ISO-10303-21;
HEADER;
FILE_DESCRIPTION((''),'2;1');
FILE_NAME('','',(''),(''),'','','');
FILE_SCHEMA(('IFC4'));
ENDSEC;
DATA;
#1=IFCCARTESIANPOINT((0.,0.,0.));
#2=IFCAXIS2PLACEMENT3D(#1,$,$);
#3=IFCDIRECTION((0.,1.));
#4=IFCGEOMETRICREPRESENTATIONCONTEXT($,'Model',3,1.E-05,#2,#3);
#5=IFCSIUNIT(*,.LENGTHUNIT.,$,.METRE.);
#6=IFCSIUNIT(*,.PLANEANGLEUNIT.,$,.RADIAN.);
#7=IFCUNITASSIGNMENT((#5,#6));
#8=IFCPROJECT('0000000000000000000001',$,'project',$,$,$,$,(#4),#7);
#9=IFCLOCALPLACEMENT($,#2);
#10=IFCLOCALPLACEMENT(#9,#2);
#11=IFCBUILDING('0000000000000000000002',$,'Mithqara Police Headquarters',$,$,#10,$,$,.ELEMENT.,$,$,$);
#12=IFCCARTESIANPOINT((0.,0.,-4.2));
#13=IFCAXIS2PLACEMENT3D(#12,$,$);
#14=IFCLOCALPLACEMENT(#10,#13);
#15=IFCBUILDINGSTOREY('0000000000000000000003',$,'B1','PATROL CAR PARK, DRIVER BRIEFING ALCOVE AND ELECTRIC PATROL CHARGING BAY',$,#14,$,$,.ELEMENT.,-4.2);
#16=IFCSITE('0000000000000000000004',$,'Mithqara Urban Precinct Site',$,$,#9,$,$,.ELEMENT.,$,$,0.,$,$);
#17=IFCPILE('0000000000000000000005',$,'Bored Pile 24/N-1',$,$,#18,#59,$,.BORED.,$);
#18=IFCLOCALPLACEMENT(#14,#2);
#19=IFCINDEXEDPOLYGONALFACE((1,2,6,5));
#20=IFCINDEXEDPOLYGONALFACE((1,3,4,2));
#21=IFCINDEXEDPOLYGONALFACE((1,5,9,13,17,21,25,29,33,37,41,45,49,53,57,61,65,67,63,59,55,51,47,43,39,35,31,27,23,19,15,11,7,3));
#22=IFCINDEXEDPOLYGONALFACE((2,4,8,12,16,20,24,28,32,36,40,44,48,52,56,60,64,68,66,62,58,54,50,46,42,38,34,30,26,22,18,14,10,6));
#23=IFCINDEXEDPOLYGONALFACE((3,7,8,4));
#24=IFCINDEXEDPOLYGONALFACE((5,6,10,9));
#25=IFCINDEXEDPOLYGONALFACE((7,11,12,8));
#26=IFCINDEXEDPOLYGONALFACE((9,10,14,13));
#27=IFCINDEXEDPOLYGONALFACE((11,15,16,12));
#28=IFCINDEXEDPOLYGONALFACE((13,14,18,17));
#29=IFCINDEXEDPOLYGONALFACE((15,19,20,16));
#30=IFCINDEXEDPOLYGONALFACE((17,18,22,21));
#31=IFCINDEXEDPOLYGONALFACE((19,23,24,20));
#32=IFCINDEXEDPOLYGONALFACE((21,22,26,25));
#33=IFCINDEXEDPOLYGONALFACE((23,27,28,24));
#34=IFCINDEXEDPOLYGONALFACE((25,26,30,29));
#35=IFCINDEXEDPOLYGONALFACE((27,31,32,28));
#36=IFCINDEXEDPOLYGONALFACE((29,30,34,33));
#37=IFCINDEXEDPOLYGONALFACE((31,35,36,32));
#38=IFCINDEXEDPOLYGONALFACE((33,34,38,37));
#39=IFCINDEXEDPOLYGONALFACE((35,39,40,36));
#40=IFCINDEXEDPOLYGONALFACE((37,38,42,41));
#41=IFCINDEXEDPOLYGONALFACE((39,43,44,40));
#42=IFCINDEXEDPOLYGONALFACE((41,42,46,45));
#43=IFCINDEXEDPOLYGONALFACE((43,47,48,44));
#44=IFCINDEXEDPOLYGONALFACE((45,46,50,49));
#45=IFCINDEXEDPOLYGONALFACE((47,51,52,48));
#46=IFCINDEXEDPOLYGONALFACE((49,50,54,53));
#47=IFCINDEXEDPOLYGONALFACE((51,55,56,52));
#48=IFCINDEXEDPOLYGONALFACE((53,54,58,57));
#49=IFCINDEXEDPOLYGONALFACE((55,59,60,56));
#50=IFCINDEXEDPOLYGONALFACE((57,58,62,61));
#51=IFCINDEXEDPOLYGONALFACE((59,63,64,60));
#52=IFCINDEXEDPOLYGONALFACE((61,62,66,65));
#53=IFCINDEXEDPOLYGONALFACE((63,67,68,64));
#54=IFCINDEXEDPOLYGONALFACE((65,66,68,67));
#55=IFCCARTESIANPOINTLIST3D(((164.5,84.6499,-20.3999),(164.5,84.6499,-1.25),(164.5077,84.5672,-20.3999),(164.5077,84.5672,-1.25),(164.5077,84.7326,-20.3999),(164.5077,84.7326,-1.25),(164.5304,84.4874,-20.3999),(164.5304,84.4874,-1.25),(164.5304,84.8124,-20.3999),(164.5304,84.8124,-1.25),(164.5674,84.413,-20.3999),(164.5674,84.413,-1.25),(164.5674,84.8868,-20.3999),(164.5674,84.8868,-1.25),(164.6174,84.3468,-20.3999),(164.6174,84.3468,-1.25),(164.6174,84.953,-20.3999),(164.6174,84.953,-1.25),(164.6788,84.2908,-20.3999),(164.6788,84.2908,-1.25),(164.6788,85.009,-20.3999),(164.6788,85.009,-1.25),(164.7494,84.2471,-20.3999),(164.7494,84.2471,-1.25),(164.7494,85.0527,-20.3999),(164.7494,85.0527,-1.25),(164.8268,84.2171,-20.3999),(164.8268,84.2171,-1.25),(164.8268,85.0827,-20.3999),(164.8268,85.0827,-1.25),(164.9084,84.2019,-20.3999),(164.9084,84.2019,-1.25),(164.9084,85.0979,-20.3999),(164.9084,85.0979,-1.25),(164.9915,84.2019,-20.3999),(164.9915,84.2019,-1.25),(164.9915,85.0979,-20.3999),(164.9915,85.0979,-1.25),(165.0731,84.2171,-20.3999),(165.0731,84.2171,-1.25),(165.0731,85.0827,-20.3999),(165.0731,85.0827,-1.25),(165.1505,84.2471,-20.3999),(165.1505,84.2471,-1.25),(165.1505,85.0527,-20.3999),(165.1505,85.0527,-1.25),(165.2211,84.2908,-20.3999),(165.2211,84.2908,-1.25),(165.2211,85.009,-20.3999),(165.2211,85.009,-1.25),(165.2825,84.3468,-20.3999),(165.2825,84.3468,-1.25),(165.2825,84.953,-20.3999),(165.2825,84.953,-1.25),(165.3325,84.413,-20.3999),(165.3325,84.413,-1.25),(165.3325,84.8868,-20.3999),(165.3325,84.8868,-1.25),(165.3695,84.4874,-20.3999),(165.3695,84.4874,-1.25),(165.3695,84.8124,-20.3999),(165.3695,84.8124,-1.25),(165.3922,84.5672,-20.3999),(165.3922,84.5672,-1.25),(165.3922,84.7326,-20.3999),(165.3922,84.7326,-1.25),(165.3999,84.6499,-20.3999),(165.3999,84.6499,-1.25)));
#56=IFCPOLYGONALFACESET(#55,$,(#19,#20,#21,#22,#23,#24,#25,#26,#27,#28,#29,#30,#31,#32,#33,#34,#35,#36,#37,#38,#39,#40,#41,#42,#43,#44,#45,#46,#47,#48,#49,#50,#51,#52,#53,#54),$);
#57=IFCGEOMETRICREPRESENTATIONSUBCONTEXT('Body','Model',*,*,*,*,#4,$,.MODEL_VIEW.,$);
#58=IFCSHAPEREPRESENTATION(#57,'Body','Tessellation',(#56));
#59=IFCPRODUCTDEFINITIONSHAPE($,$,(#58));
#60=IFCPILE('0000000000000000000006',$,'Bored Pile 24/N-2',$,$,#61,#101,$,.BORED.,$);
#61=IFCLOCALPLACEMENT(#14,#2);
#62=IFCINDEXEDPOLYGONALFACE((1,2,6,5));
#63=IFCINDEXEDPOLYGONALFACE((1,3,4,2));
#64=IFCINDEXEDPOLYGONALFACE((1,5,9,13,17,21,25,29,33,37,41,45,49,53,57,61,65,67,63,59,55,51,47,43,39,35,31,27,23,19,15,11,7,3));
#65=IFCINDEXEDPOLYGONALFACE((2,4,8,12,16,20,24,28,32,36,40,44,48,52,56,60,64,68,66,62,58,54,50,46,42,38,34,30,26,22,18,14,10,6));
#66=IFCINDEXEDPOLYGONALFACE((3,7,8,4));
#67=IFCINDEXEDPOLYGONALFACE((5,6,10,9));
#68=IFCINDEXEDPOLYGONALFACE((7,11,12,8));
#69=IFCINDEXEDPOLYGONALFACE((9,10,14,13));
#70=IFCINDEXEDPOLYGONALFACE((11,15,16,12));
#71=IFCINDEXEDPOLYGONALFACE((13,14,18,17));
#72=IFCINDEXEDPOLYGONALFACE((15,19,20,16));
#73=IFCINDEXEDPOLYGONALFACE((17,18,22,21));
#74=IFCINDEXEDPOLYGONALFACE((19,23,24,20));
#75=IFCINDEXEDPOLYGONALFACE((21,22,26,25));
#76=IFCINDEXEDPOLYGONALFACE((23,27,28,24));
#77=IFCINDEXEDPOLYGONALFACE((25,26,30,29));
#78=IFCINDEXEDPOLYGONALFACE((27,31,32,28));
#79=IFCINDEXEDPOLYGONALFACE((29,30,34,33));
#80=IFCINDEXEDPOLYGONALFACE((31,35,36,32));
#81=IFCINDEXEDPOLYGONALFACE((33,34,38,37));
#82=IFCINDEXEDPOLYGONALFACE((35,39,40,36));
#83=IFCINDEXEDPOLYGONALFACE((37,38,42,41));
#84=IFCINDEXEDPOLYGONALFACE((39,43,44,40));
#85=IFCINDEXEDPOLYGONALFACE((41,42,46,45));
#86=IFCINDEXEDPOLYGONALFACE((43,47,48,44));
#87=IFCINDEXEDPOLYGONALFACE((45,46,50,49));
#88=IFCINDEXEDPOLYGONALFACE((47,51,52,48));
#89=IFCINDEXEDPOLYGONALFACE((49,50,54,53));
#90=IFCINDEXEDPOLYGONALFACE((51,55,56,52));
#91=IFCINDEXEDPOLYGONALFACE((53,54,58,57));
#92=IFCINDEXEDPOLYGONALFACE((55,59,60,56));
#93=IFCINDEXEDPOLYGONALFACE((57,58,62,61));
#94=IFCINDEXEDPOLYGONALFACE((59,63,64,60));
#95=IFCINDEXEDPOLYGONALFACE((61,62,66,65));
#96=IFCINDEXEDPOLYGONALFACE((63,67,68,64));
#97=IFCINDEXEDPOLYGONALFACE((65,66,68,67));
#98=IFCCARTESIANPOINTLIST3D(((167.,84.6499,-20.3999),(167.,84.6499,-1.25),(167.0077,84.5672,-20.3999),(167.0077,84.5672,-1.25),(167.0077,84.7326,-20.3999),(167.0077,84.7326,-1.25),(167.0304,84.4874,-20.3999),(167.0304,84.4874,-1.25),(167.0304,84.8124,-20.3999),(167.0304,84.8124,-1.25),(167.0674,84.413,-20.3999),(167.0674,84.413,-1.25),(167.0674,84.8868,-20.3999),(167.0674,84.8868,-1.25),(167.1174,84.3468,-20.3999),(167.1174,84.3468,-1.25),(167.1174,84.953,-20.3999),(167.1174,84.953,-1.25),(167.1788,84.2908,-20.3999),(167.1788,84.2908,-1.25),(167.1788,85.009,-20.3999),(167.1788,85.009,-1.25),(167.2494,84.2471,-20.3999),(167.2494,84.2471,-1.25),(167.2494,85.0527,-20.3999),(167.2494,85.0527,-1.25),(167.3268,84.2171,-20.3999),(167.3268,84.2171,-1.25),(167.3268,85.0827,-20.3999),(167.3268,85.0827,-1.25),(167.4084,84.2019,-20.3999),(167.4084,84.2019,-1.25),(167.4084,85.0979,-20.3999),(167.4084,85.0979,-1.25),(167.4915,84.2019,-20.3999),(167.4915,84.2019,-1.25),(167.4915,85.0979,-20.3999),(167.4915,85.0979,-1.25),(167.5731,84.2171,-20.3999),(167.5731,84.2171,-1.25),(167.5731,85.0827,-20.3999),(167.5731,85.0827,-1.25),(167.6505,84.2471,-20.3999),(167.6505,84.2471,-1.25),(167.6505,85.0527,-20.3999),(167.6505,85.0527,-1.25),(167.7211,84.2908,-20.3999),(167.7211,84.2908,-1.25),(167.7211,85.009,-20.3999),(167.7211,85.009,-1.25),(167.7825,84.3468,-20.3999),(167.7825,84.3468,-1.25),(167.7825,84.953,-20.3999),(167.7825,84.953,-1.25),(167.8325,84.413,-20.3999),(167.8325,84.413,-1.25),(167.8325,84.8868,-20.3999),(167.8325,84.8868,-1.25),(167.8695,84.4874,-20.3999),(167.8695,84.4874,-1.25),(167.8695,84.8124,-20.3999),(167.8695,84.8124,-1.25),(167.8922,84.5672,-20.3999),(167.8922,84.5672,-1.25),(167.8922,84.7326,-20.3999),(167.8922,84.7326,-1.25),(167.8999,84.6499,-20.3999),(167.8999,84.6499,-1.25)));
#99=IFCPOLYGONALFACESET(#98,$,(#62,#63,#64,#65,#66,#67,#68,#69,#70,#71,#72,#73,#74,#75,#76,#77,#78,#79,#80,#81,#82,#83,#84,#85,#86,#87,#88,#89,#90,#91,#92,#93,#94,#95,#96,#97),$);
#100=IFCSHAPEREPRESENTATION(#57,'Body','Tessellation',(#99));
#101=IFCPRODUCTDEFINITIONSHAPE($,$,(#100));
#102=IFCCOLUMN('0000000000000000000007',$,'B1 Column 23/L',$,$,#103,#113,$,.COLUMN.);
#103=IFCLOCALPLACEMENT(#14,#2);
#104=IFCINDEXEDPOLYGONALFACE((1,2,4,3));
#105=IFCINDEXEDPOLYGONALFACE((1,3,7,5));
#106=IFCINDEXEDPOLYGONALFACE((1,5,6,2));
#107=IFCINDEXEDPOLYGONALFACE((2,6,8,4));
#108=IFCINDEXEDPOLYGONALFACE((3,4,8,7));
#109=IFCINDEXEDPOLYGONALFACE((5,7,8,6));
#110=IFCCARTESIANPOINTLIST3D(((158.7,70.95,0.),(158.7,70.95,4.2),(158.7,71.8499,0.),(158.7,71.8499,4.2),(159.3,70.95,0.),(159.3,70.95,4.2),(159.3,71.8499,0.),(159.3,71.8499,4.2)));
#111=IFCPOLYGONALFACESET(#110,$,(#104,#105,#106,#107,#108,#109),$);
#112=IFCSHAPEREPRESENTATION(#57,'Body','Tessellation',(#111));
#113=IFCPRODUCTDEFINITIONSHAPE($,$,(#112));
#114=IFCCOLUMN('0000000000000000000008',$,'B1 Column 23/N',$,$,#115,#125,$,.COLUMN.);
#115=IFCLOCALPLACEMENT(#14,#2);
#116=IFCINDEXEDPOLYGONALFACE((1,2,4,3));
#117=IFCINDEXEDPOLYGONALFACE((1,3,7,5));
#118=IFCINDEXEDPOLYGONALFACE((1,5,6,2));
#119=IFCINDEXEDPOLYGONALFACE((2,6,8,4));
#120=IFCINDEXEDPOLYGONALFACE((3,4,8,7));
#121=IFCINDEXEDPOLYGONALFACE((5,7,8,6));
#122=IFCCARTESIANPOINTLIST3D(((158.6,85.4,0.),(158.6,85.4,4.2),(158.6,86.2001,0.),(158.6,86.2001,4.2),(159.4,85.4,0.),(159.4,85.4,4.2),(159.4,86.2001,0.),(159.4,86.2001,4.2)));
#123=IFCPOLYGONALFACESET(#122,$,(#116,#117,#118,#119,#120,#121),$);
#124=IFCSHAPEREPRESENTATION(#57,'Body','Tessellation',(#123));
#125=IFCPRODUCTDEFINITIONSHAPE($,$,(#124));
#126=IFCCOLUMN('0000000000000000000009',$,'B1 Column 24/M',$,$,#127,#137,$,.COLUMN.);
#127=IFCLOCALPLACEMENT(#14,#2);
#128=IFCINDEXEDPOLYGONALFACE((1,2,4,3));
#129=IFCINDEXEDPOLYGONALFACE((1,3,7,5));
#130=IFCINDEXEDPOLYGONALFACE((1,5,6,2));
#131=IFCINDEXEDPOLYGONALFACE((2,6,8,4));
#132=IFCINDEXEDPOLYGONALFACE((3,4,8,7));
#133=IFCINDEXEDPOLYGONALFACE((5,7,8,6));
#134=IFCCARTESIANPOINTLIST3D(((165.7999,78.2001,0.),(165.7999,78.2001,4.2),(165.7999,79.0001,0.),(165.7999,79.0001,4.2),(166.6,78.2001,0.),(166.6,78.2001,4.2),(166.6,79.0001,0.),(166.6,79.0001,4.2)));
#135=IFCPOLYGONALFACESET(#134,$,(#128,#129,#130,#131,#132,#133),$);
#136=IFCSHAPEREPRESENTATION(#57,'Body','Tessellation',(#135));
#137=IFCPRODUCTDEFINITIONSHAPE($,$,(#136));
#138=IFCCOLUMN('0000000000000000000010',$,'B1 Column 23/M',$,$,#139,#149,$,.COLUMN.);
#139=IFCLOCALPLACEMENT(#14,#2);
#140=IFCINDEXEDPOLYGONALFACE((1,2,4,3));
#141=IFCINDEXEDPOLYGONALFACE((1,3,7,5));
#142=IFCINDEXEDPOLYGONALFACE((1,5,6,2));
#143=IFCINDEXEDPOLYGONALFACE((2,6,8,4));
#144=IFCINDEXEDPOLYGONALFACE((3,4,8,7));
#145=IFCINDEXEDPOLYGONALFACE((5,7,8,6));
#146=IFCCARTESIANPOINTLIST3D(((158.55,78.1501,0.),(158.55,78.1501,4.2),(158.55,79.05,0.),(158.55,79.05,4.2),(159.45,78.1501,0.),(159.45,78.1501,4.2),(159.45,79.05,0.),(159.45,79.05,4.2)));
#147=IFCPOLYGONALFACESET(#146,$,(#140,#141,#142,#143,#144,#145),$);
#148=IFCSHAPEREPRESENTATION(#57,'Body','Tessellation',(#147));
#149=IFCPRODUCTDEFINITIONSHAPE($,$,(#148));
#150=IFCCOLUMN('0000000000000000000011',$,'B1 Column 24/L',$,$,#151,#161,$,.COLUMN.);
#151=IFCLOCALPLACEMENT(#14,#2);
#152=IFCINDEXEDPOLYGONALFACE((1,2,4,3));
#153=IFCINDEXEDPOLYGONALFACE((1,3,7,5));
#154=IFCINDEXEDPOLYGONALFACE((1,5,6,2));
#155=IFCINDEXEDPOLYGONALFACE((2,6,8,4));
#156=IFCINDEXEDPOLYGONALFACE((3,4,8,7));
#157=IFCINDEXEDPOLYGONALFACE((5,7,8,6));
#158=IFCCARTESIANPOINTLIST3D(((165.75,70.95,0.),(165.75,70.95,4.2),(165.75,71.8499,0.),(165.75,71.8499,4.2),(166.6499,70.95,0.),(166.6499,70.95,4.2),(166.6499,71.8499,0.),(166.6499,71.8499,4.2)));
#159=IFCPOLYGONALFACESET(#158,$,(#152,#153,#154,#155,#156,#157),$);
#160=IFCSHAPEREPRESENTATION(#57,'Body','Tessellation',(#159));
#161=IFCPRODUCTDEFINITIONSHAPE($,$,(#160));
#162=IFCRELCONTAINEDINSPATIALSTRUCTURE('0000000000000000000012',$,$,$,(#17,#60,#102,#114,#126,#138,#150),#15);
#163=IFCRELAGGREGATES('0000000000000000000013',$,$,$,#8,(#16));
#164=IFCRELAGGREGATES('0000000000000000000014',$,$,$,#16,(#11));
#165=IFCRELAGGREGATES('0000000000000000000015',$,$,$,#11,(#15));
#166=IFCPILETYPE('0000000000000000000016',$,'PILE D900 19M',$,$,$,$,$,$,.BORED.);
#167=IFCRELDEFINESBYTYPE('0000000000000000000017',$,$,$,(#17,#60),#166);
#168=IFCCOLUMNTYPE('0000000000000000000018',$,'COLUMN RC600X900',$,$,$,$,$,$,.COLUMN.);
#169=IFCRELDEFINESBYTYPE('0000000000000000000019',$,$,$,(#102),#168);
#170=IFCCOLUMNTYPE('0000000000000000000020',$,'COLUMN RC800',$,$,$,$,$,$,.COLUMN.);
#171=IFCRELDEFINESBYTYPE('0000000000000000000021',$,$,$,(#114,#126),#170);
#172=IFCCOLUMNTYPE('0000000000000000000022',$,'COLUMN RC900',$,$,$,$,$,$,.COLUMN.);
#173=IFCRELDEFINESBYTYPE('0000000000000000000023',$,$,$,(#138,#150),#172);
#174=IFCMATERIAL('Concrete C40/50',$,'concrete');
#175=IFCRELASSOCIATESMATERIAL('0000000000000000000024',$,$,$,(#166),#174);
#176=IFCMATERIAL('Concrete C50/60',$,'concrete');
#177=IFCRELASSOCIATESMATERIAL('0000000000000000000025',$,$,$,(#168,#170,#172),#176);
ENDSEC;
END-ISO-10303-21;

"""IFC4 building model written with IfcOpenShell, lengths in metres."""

from ifc_helpers import new_model, si_unit, direction, frame, origin, origin_2d, place, context, subcontext, project, spatial, rectangle, circle, extrude, material, material_profile, profile_set, type_object, element, save


model = new_model("IFC4")

# Units and contexts
model_context = context("Model", 3, precision=1e-05, world=origin(), true_north=direction((0.0, 1.0)))
body_context = subcontext(model_context, "Body", "Model", "MODEL_VIEW")
ifc_project = project(units=[si_unit("LENGTHUNIT", "METRE"), si_unit("PLANEANGLEUNIT", "RADIAN")], contexts=[model_context])

# Site, building, storey
site_placement = place(None, origin())
site = spatial("IfcSite", under=ifc_project, at=site_placement, Name="Mithqara Urban Precinct Site", CompositionType="ELEMENT", RefElevation=0.0)
building_placement = place(site_placement, origin())
building = spatial("IfcBuilding", under=site, at=building_placement, Name="Mithqara Police Headquarters", CompositionType="ELEMENT")
storey_placement = place(building_placement, frame((0.0, 0.0, -4.2)))
storey = spatial("IfcBuildingStorey", under=building, at=storey_placement, Name="B1", Description="PATROL CAR PARK, DRIVER BRIEFING ALCOVE AND ELECTRIC PATROL CHARGING BAY", CompositionType="ELEMENT", Elevation=-4.2)

# Piles
ifc_material_1 = material(Name="Concrete C40/50", Category="concrete")
ifc_material_profile_1 = material_profile(ifc_material_1, circle(Radius=0.45, at=origin_2d()), Name="PILE D900")
ifc_profile_set_1 = profile_set([ifc_material_profile_1], Name="Concrete C40/50")
pile_type = type_object("IfcPileType", Name="PILE D900 19M", PredefinedType="BORED", material=ifc_profile_set_1)
for number, where, z_axis, x_axis, name in (
    (1, (164.95, 84.6499, -1.25), (0.0, 0.0, -1.0), (1.0, 0.0, 0.0), "Bored Pile 24/N-1"),
    (2, (167.45, 84.6499, -1.25), (0.0, 0.0, -1.0), (1.0, 0.0, 0.0), "Bored Pile 24/N-2"),
):
    element("IfcPile", number, at=place(storey_placement, frame(where, z_axis=z_axis, x_axis=x_axis)), inside=storey, type_object=pile_type, Name=name, PredefinedType="BORED", context=body_context, shape_type="SweptSolid", body=[
        extrude(circle(Radius=0.45, at=origin_2d()), origin(), (0.0, 0.0, 1.0), 19.1499),
    ])

# Columns
ifc_material_2 = material(Name="Concrete C50/60", Category="concrete")
ifc_material_profile_2 = material_profile(ifc_material_2, rectangle(XDim=0.6001, YDim=0.8999, at=origin_2d()), Name="RC 600x900")
ifc_profile_set_2 = profile_set([ifc_material_profile_2], Name="Concrete C50/60")
column_type_1 = type_object("IfcColumnType", Name="COLUMN RC600X900", PredefinedType="COLUMN", material=ifc_profile_set_2)
column_placement = place(storey_placement, frame((159.0, 71.3999, 0.0), z_axis=(0.0, 0.0, 1.0), x_axis=(1.0, 0.0, 0.0)))
element("IfcColumn", 3, at=column_placement, inside=storey, type_object=column_type_1, Name="B1 Column 23/L", PredefinedType="COLUMN", context=body_context, shape_type="SweptSolid", body=[
    extrude(rectangle(XDim=0.6001, YDim=0.8999, at=origin_2d()), origin(), (0.0, 0.0, 1.0), 4.2),
])
ifc_material_profile_3 = material_profile(ifc_material_2, rectangle(XDim=0.8, YDim=0.8, at=origin_2d()), Name="RC 800x800")
ifc_profile_set_3 = profile_set([ifc_material_profile_3], Name="Concrete C50/60")
column_type_2 = type_object("IfcColumnType", Name="COLUMN RC800", PredefinedType="COLUMN", material=ifc_profile_set_3)
for number, where, z_axis, x_axis, name in (
    (4, (159.0, 85.8, 0.0), (0.0, 0.0, 1.0), (1.0, 0.0, 0.0), "B1 Column 23/N"),
    (5, (166.2, 78.6001, 0.0), (0.0, 0.0, 1.0), (1.0, 0.0, 0.0), "B1 Column 24/M"),
):
    element("IfcColumn", number, at=place(storey_placement, frame(where, z_axis=z_axis, x_axis=x_axis)), inside=storey, type_object=column_type_2, Name=name, PredefinedType="COLUMN", context=body_context, shape_type="SweptSolid", body=[
        extrude(rectangle(XDim=0.8, YDim=0.8, at=origin_2d()), origin(), (0.0, 0.0, 1.0), 4.2),
    ])
ifc_material_profile_4 = material_profile(ifc_material_2, rectangle(XDim=0.8999, YDim=0.8999, at=origin_2d()), Name="RC 900x900")
ifc_profile_set_4 = profile_set([ifc_material_profile_4], Name="Concrete C50/60")
column_type_3 = type_object("IfcColumnType", Name="COLUMN RC900", PredefinedType="COLUMN", material=ifc_profile_set_4)
for number, where, z_axis, x_axis, name in (
    (6, (159.0, 78.6001, 0.0), (0.0, 0.0, 1.0), (1.0, 0.0, 0.0), "B1 Column 23/M"),
    (7, (166.2, 71.3999, 0.0), (0.0, 0.0, 1.0), (1.0, 0.0, 0.0), "B1 Column 24/L"),
):
    element("IfcColumn", number, at=place(storey_placement, frame(where, z_axis=z_axis, x_axis=x_axis)), inside=storey, type_object=column_type_3, Name=name, PredefinedType="COLUMN", context=body_context, shape_type="SweptSolid", body=[
        extrude(rectangle(XDim=0.8999, YDim=0.8999, at=origin_2d()), origin(), (0.0, 0.0, 1.0), 4.2),
    ])

save(model, "model.ifc")
